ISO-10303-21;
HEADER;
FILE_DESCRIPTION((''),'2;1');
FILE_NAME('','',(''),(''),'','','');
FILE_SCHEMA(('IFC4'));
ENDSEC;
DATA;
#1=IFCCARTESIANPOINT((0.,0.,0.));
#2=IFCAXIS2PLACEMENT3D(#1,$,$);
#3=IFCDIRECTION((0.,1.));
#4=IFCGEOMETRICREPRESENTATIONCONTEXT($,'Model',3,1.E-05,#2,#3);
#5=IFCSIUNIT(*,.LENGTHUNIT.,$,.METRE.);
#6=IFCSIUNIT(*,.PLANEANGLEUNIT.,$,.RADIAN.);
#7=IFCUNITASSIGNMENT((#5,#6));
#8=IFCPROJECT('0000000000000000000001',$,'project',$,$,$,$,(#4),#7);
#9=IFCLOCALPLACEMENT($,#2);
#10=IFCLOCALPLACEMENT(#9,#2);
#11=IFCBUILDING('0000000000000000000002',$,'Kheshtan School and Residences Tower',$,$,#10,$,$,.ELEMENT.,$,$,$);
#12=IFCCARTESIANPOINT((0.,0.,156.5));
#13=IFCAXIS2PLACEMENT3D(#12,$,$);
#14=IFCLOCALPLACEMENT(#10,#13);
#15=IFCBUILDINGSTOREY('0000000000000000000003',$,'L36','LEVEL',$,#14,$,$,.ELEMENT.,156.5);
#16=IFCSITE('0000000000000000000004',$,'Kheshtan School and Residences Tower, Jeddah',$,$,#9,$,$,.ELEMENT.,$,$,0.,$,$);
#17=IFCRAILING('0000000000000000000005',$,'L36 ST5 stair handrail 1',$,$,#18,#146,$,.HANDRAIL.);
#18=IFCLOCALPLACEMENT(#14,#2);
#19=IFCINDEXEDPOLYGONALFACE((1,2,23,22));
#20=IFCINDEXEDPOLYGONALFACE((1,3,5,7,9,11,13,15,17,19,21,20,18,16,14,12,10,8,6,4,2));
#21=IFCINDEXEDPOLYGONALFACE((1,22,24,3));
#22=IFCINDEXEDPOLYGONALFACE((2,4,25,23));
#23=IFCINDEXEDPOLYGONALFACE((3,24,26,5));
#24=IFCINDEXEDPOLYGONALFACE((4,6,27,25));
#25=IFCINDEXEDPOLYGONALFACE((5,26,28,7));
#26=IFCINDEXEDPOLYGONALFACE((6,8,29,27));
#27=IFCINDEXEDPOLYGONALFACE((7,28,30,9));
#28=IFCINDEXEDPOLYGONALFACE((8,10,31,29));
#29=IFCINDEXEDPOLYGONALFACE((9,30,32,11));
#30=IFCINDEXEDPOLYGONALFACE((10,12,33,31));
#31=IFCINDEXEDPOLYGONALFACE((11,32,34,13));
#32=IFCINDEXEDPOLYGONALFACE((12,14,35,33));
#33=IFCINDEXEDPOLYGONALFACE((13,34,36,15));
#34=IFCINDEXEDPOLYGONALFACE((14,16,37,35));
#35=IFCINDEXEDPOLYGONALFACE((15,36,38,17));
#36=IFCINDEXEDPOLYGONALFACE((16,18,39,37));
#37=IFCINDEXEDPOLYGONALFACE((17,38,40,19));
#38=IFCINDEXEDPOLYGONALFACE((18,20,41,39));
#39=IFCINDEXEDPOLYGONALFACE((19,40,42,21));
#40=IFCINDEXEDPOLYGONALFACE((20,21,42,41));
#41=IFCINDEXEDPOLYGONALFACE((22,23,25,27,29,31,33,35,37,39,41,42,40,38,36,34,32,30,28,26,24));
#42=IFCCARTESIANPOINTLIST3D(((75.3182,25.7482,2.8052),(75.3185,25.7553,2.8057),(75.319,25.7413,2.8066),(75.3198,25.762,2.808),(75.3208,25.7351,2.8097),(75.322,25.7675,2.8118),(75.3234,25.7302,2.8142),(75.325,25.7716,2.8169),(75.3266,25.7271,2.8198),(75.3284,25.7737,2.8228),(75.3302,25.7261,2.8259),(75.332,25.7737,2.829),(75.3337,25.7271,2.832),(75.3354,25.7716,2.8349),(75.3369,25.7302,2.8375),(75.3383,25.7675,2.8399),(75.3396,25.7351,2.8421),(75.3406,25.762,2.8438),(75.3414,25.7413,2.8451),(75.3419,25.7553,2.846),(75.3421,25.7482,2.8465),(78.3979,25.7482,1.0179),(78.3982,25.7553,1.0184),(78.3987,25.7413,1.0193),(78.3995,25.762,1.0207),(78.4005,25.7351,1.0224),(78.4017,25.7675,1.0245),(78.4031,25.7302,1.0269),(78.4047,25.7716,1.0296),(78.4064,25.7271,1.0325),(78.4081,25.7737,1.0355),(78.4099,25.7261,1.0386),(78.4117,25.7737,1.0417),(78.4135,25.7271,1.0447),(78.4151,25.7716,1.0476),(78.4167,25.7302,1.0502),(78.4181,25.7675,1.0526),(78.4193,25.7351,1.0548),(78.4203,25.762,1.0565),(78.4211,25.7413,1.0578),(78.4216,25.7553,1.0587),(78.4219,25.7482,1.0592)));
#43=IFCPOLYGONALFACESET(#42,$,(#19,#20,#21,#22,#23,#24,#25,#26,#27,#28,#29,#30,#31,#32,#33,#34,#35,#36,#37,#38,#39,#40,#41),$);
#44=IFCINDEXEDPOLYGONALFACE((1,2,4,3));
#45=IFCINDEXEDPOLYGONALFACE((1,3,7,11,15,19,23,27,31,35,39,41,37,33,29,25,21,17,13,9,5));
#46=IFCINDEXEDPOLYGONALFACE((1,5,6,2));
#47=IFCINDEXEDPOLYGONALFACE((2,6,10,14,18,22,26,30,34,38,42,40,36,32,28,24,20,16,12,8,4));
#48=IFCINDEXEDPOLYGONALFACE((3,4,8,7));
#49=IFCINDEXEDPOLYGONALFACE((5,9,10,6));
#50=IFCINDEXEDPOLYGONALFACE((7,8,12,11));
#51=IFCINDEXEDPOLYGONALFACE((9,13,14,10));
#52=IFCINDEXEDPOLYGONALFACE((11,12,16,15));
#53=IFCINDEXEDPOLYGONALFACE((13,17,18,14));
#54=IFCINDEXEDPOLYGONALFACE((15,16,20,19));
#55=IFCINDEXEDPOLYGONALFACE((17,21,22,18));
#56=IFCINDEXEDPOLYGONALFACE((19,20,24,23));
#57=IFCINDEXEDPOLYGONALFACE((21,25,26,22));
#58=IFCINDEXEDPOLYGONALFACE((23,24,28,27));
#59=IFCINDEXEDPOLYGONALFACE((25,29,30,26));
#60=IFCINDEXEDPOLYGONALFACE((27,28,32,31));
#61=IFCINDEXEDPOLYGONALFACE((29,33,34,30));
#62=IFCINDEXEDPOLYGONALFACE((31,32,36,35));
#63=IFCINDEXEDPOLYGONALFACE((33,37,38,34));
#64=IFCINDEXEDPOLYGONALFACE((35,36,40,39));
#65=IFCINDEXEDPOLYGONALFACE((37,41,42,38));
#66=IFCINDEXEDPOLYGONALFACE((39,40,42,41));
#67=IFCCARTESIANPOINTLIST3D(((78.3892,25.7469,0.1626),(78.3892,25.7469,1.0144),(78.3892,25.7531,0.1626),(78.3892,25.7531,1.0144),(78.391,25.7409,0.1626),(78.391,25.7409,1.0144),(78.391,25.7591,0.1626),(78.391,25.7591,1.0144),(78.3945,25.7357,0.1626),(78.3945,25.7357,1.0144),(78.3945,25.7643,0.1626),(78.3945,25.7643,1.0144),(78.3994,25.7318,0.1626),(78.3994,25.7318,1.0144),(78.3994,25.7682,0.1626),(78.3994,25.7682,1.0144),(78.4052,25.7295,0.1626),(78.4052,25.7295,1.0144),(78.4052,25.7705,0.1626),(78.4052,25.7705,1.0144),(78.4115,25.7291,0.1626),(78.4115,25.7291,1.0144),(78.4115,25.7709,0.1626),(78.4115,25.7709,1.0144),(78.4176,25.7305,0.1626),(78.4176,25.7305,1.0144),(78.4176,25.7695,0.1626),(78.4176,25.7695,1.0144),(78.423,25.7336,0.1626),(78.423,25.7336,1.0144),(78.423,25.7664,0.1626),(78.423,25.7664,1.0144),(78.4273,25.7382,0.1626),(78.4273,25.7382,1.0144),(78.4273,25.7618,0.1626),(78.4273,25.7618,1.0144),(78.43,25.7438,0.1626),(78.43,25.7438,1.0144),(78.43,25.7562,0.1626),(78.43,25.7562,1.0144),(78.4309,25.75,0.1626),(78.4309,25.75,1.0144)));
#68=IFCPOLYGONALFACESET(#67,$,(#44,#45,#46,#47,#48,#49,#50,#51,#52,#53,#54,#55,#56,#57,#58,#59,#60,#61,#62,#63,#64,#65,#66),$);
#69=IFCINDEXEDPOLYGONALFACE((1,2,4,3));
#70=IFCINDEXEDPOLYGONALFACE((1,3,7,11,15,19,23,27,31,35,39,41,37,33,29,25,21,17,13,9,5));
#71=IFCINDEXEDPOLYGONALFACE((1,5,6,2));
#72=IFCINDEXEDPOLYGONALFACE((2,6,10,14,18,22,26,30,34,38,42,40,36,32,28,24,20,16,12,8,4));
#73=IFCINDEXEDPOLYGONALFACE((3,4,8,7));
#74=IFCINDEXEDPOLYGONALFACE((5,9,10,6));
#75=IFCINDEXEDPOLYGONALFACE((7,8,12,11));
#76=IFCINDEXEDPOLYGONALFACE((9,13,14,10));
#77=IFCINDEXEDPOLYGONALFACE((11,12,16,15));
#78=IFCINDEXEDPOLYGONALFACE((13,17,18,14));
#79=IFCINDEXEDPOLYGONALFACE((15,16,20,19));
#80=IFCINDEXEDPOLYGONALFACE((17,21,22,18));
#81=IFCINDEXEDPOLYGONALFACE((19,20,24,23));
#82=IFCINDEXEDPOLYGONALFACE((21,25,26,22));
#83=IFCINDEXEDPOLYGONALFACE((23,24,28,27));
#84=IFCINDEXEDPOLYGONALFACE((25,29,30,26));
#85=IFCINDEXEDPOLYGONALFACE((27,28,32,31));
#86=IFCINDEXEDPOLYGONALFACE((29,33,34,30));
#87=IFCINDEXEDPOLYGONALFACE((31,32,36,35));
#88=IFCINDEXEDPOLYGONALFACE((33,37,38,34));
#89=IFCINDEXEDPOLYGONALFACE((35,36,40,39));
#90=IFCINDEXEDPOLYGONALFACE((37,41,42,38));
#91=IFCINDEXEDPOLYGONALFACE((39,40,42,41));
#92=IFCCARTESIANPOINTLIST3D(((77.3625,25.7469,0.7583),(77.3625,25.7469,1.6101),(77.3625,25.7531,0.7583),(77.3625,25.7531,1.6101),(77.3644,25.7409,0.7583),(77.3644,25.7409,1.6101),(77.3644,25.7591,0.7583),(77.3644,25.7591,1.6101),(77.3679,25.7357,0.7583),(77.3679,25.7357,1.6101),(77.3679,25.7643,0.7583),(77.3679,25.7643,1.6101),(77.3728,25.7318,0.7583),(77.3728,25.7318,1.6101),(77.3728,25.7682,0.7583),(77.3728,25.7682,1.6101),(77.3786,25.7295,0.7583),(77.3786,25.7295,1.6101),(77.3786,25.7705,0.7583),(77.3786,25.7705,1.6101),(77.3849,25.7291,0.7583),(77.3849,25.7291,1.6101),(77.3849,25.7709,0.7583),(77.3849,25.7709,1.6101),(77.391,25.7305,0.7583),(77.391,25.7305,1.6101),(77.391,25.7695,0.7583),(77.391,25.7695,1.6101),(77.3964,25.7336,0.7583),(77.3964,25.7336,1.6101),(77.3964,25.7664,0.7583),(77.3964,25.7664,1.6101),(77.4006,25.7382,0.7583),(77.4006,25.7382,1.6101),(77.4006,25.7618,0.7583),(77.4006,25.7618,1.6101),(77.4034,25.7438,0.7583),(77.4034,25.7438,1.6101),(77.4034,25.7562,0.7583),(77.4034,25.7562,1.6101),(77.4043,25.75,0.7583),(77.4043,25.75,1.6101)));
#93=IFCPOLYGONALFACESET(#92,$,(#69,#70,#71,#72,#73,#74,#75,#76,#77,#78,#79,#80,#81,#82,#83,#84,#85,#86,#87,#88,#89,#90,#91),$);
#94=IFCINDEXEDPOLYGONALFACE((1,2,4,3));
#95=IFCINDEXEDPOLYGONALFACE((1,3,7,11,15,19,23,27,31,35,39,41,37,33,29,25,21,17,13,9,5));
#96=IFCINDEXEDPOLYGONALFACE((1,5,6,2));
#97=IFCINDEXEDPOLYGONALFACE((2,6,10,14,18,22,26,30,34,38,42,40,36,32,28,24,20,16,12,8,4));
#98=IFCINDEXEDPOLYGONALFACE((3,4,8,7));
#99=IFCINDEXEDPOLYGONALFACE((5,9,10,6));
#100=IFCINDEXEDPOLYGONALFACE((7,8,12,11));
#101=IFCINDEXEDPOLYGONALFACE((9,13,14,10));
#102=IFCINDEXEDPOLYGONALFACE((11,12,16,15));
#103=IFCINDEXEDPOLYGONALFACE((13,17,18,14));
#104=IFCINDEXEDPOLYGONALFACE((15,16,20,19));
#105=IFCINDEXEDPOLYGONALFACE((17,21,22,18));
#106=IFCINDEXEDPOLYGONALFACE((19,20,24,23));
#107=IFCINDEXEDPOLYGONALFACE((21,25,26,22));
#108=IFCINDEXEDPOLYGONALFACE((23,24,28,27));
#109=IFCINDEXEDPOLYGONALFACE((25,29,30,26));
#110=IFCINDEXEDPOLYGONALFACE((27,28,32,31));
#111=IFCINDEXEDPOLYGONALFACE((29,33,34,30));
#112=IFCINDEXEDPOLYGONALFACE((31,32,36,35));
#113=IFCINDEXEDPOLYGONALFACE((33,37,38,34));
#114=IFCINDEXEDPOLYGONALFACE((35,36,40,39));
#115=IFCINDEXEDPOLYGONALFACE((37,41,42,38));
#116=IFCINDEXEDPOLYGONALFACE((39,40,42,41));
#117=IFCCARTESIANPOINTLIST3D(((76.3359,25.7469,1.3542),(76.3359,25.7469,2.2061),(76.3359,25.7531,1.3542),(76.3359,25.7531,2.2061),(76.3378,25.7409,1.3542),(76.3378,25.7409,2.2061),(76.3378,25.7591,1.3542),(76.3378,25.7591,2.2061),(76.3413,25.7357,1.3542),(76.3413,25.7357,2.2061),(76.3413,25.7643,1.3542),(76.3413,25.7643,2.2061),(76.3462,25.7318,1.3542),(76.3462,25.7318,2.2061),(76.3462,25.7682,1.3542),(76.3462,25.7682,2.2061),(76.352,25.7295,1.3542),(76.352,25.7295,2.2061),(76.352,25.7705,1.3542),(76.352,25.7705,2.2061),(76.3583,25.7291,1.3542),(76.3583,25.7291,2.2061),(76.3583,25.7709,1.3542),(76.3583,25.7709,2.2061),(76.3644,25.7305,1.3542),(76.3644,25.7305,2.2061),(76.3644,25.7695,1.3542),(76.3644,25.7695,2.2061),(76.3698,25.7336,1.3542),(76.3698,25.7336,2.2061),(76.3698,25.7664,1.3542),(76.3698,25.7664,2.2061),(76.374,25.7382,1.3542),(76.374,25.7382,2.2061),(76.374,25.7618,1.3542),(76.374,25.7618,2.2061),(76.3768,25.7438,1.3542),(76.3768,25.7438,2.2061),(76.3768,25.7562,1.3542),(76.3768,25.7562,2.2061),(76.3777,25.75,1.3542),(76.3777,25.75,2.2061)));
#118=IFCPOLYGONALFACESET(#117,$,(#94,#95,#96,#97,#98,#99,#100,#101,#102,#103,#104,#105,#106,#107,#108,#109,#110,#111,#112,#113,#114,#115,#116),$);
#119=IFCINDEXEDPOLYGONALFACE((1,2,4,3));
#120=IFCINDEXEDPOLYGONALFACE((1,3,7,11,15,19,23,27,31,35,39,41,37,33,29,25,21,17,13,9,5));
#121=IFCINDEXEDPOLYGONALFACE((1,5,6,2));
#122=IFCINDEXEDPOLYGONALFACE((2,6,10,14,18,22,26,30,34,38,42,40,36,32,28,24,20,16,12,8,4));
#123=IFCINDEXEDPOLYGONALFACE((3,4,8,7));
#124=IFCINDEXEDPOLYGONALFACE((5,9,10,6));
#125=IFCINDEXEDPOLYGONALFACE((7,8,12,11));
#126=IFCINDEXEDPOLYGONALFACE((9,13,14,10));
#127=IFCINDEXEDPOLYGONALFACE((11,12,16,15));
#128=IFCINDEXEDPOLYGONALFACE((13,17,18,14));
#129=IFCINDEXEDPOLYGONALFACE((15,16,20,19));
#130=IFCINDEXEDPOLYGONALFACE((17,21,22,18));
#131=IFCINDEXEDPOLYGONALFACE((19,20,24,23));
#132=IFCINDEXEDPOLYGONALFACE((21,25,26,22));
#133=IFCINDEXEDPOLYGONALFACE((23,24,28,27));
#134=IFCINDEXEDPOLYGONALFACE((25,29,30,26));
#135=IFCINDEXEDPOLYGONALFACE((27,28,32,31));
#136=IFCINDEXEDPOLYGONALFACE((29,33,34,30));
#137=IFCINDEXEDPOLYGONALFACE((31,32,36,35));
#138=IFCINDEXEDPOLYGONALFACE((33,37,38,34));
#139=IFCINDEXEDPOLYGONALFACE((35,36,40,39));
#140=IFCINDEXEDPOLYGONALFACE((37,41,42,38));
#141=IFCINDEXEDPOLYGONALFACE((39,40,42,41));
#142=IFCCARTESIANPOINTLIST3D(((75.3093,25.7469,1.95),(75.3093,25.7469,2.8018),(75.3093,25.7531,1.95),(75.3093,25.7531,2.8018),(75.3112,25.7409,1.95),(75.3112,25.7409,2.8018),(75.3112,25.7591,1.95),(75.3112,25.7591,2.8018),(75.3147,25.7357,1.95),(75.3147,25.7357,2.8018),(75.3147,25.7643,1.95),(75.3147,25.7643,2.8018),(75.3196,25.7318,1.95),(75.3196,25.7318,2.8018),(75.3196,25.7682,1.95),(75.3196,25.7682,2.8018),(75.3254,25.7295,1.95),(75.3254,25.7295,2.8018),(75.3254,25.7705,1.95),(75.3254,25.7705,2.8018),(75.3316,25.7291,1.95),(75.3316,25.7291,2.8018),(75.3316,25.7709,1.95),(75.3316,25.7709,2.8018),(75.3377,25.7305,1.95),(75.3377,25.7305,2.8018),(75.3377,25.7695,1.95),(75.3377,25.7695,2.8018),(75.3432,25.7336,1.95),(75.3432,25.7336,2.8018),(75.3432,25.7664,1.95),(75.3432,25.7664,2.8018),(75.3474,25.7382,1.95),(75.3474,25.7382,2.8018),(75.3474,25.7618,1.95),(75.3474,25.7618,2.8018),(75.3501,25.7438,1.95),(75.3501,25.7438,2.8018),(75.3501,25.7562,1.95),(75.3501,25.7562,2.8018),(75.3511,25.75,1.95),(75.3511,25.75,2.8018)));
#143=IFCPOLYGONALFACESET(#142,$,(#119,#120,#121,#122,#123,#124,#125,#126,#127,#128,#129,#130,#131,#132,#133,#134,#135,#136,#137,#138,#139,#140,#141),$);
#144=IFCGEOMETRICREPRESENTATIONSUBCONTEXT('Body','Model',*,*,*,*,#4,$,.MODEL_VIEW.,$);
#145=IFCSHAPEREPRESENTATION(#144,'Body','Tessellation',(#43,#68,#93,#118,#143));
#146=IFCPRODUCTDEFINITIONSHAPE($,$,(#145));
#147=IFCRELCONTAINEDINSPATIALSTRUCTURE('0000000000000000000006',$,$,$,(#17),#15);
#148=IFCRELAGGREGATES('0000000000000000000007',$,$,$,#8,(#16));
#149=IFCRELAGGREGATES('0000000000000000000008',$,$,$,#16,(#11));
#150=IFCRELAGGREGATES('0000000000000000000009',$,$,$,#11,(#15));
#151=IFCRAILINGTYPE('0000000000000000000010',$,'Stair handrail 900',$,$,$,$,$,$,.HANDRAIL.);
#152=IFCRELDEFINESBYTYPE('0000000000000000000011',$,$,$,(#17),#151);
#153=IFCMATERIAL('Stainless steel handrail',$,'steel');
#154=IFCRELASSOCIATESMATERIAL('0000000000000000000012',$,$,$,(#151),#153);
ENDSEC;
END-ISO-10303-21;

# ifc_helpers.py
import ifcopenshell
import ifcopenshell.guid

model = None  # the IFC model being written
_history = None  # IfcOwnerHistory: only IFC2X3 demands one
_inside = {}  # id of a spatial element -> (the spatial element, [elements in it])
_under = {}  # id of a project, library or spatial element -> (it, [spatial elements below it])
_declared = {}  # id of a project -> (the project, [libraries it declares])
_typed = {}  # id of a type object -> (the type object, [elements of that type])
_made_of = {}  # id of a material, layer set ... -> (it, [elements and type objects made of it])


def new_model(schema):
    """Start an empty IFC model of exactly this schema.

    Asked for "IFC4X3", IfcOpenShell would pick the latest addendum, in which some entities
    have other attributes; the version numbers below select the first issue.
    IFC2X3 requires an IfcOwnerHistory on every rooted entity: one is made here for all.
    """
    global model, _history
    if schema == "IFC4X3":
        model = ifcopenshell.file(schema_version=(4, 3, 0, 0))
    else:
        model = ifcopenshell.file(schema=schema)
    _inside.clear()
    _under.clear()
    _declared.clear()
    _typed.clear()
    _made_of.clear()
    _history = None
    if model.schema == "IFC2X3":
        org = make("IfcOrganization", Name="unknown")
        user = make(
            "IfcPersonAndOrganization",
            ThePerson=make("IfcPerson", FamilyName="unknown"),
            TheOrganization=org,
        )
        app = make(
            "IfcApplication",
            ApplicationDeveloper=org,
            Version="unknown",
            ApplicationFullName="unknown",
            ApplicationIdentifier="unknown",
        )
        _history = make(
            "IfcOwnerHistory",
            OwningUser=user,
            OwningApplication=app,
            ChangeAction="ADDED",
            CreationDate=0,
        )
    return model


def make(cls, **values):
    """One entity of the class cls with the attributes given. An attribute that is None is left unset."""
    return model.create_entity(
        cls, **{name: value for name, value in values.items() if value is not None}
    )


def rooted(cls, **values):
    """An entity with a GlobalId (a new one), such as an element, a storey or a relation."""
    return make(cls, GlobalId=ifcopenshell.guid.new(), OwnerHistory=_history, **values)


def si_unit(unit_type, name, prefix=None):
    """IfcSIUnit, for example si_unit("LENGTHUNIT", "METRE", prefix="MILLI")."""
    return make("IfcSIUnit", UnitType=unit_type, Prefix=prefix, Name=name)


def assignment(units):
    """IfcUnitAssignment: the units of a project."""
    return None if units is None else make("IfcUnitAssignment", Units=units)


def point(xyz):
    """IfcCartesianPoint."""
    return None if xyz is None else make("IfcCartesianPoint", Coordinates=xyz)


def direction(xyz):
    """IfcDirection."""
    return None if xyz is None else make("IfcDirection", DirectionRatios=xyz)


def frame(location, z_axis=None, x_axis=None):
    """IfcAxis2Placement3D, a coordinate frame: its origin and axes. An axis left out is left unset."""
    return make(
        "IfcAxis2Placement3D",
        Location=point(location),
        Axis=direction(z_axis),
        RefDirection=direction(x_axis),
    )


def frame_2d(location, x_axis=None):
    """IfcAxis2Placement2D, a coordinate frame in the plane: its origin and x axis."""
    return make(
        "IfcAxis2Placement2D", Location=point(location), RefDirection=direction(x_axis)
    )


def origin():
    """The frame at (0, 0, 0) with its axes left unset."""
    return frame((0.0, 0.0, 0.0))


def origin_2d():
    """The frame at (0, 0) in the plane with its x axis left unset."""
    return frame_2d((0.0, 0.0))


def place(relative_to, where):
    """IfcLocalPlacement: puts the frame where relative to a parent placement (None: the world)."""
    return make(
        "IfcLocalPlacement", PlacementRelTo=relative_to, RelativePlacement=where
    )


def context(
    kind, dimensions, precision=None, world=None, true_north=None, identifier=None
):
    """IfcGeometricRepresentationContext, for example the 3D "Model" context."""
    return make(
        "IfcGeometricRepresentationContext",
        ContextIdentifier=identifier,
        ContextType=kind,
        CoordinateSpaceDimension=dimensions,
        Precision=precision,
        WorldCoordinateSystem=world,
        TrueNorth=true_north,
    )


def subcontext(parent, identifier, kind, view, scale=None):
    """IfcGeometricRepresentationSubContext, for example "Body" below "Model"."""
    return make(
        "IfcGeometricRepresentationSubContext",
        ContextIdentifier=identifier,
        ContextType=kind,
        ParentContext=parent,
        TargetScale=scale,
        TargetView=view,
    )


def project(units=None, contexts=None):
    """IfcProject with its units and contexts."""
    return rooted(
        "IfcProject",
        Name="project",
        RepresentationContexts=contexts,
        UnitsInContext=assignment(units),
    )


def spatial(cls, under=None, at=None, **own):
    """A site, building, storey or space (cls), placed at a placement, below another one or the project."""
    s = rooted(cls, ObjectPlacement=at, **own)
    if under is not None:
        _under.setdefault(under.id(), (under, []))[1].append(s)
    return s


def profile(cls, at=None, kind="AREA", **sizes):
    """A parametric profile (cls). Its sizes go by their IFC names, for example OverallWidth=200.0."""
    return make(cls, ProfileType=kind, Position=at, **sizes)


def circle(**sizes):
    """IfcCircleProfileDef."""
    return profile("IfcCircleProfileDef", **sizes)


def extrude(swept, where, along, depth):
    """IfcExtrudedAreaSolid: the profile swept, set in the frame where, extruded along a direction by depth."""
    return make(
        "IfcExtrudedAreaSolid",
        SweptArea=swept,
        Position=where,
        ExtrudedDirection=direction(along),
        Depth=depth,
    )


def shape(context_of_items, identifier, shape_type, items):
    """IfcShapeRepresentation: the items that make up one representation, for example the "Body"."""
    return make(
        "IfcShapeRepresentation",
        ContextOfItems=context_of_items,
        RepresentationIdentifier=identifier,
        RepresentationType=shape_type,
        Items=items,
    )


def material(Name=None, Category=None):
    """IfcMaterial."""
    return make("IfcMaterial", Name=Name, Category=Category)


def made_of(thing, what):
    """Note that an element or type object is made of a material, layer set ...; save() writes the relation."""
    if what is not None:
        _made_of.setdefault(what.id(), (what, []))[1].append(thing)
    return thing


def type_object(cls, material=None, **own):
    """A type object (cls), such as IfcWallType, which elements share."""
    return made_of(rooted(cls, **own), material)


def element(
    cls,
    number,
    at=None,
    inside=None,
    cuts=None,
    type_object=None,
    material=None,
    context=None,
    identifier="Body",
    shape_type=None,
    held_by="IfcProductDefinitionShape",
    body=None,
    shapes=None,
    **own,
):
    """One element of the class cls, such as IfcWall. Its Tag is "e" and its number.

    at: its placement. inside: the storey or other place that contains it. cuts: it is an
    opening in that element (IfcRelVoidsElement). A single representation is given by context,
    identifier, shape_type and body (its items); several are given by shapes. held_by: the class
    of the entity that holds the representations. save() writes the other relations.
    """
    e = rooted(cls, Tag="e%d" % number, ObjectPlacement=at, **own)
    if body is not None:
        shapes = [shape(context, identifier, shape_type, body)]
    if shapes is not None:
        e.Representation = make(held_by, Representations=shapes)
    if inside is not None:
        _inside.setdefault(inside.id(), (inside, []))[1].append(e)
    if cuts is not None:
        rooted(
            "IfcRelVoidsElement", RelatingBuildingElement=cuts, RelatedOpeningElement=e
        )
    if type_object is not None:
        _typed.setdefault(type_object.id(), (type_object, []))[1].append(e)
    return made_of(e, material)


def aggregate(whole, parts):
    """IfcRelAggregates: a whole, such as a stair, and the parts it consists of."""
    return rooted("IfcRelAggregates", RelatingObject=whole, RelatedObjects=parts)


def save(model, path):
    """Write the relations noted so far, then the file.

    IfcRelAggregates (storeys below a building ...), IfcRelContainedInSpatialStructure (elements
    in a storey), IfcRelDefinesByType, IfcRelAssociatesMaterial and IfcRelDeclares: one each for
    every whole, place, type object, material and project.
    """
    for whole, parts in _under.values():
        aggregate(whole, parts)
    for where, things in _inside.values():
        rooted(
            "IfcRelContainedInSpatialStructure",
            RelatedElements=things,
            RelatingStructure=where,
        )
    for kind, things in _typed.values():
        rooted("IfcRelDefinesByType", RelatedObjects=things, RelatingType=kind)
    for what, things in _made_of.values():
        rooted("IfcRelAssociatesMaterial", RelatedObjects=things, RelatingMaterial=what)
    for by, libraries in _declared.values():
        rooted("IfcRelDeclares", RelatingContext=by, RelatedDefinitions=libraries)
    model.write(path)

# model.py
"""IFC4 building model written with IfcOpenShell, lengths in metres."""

from ifc_helpers import new_model, si_unit, direction, frame, origin, origin_2d, place, context, subcontext, project, spatial, circle, extrude, material, type_object, element, save


model = new_model("IFC4")

# Units and contexts
model_context = context("Model", 3, precision=1e-05, world=origin(), true_north=direction((0.0, 1.0)))
body_context = subcontext(model_context, "Body", "Model", "MODEL_VIEW")
ifc_project = project(units=[si_unit("LENGTHUNIT", "METRE"), si_unit("PLANEANGLEUNIT", "RADIAN")], contexts=[model_context])

# Site, building, storey
site_placement = place(None, origin())
site = spatial("IfcSite", under=ifc_project, at=site_placement, Name="Kheshtan School and Residences Tower, Jeddah", CompositionType="ELEMENT", RefElevation=0.0)
building_placement = place(site_placement, origin())
building = spatial("IfcBuilding", under=site, at=building_placement, Name="Kheshtan School and Residences Tower", CompositionType="ELEMENT")
storey_placement = place(building_placement, frame((0.0, 0.0, 156.5)))
storey = spatial("IfcBuildingStorey", under=building, at=storey_placement, Name="L36", Description="LEVEL", CompositionType="ELEMENT", Elevation=156.5)

# Railing
ifc_material_1 = material(Name="Stainless steel handrail", Category="steel")
railing_type_1 = type_object("IfcRailingType", Name="Stair handrail 900", PredefinedType="HANDRAIL", material=ifc_material_1)
railing_1_placement = place(storey_placement, frame((78.4099, 25.75, 0.1626)))
element("IfcRailing", 1, at=railing_1_placement, inside=storey, type_object=railing_type_1, Name="L36 ST5 stair handrail 1", PredefinedType="HANDRAIL", context=body_context, shape_type="SweptSolid", body=[
    extrude(circle(Radius=0.0239, at=origin_2d()), frame((0.0, 0.0, 0.876), z_axis=(-0.864903, 0.0, 0.501939), x_axis=(0.0, -1.0, 0.0)), (0.0, 0.0, 1.0), 3.5608),
    extrude(circle(Radius=0.021, at=origin_2d()), origin(), (0.0, 0.0, 1.0), 0.8518),
    extrude(circle(Radius=0.021, at=origin_2d()), frame((-1.0266, 0.0, 0.5957)), (0.0, 0.0, 1.0), 0.8518),
    extrude(circle(Radius=0.021, at=origin_2d()), frame((-2.0532, 0.0, 1.1917)), (0.0, 0.0, 1.0), 0.8518),
    extrude(circle(Radius=0.021, at=origin_2d()), frame((-3.0798, 0.0, 1.7874)), (0.0, 0.0, 1.0), 0.8518),
])

save(model, "model.ifc")
